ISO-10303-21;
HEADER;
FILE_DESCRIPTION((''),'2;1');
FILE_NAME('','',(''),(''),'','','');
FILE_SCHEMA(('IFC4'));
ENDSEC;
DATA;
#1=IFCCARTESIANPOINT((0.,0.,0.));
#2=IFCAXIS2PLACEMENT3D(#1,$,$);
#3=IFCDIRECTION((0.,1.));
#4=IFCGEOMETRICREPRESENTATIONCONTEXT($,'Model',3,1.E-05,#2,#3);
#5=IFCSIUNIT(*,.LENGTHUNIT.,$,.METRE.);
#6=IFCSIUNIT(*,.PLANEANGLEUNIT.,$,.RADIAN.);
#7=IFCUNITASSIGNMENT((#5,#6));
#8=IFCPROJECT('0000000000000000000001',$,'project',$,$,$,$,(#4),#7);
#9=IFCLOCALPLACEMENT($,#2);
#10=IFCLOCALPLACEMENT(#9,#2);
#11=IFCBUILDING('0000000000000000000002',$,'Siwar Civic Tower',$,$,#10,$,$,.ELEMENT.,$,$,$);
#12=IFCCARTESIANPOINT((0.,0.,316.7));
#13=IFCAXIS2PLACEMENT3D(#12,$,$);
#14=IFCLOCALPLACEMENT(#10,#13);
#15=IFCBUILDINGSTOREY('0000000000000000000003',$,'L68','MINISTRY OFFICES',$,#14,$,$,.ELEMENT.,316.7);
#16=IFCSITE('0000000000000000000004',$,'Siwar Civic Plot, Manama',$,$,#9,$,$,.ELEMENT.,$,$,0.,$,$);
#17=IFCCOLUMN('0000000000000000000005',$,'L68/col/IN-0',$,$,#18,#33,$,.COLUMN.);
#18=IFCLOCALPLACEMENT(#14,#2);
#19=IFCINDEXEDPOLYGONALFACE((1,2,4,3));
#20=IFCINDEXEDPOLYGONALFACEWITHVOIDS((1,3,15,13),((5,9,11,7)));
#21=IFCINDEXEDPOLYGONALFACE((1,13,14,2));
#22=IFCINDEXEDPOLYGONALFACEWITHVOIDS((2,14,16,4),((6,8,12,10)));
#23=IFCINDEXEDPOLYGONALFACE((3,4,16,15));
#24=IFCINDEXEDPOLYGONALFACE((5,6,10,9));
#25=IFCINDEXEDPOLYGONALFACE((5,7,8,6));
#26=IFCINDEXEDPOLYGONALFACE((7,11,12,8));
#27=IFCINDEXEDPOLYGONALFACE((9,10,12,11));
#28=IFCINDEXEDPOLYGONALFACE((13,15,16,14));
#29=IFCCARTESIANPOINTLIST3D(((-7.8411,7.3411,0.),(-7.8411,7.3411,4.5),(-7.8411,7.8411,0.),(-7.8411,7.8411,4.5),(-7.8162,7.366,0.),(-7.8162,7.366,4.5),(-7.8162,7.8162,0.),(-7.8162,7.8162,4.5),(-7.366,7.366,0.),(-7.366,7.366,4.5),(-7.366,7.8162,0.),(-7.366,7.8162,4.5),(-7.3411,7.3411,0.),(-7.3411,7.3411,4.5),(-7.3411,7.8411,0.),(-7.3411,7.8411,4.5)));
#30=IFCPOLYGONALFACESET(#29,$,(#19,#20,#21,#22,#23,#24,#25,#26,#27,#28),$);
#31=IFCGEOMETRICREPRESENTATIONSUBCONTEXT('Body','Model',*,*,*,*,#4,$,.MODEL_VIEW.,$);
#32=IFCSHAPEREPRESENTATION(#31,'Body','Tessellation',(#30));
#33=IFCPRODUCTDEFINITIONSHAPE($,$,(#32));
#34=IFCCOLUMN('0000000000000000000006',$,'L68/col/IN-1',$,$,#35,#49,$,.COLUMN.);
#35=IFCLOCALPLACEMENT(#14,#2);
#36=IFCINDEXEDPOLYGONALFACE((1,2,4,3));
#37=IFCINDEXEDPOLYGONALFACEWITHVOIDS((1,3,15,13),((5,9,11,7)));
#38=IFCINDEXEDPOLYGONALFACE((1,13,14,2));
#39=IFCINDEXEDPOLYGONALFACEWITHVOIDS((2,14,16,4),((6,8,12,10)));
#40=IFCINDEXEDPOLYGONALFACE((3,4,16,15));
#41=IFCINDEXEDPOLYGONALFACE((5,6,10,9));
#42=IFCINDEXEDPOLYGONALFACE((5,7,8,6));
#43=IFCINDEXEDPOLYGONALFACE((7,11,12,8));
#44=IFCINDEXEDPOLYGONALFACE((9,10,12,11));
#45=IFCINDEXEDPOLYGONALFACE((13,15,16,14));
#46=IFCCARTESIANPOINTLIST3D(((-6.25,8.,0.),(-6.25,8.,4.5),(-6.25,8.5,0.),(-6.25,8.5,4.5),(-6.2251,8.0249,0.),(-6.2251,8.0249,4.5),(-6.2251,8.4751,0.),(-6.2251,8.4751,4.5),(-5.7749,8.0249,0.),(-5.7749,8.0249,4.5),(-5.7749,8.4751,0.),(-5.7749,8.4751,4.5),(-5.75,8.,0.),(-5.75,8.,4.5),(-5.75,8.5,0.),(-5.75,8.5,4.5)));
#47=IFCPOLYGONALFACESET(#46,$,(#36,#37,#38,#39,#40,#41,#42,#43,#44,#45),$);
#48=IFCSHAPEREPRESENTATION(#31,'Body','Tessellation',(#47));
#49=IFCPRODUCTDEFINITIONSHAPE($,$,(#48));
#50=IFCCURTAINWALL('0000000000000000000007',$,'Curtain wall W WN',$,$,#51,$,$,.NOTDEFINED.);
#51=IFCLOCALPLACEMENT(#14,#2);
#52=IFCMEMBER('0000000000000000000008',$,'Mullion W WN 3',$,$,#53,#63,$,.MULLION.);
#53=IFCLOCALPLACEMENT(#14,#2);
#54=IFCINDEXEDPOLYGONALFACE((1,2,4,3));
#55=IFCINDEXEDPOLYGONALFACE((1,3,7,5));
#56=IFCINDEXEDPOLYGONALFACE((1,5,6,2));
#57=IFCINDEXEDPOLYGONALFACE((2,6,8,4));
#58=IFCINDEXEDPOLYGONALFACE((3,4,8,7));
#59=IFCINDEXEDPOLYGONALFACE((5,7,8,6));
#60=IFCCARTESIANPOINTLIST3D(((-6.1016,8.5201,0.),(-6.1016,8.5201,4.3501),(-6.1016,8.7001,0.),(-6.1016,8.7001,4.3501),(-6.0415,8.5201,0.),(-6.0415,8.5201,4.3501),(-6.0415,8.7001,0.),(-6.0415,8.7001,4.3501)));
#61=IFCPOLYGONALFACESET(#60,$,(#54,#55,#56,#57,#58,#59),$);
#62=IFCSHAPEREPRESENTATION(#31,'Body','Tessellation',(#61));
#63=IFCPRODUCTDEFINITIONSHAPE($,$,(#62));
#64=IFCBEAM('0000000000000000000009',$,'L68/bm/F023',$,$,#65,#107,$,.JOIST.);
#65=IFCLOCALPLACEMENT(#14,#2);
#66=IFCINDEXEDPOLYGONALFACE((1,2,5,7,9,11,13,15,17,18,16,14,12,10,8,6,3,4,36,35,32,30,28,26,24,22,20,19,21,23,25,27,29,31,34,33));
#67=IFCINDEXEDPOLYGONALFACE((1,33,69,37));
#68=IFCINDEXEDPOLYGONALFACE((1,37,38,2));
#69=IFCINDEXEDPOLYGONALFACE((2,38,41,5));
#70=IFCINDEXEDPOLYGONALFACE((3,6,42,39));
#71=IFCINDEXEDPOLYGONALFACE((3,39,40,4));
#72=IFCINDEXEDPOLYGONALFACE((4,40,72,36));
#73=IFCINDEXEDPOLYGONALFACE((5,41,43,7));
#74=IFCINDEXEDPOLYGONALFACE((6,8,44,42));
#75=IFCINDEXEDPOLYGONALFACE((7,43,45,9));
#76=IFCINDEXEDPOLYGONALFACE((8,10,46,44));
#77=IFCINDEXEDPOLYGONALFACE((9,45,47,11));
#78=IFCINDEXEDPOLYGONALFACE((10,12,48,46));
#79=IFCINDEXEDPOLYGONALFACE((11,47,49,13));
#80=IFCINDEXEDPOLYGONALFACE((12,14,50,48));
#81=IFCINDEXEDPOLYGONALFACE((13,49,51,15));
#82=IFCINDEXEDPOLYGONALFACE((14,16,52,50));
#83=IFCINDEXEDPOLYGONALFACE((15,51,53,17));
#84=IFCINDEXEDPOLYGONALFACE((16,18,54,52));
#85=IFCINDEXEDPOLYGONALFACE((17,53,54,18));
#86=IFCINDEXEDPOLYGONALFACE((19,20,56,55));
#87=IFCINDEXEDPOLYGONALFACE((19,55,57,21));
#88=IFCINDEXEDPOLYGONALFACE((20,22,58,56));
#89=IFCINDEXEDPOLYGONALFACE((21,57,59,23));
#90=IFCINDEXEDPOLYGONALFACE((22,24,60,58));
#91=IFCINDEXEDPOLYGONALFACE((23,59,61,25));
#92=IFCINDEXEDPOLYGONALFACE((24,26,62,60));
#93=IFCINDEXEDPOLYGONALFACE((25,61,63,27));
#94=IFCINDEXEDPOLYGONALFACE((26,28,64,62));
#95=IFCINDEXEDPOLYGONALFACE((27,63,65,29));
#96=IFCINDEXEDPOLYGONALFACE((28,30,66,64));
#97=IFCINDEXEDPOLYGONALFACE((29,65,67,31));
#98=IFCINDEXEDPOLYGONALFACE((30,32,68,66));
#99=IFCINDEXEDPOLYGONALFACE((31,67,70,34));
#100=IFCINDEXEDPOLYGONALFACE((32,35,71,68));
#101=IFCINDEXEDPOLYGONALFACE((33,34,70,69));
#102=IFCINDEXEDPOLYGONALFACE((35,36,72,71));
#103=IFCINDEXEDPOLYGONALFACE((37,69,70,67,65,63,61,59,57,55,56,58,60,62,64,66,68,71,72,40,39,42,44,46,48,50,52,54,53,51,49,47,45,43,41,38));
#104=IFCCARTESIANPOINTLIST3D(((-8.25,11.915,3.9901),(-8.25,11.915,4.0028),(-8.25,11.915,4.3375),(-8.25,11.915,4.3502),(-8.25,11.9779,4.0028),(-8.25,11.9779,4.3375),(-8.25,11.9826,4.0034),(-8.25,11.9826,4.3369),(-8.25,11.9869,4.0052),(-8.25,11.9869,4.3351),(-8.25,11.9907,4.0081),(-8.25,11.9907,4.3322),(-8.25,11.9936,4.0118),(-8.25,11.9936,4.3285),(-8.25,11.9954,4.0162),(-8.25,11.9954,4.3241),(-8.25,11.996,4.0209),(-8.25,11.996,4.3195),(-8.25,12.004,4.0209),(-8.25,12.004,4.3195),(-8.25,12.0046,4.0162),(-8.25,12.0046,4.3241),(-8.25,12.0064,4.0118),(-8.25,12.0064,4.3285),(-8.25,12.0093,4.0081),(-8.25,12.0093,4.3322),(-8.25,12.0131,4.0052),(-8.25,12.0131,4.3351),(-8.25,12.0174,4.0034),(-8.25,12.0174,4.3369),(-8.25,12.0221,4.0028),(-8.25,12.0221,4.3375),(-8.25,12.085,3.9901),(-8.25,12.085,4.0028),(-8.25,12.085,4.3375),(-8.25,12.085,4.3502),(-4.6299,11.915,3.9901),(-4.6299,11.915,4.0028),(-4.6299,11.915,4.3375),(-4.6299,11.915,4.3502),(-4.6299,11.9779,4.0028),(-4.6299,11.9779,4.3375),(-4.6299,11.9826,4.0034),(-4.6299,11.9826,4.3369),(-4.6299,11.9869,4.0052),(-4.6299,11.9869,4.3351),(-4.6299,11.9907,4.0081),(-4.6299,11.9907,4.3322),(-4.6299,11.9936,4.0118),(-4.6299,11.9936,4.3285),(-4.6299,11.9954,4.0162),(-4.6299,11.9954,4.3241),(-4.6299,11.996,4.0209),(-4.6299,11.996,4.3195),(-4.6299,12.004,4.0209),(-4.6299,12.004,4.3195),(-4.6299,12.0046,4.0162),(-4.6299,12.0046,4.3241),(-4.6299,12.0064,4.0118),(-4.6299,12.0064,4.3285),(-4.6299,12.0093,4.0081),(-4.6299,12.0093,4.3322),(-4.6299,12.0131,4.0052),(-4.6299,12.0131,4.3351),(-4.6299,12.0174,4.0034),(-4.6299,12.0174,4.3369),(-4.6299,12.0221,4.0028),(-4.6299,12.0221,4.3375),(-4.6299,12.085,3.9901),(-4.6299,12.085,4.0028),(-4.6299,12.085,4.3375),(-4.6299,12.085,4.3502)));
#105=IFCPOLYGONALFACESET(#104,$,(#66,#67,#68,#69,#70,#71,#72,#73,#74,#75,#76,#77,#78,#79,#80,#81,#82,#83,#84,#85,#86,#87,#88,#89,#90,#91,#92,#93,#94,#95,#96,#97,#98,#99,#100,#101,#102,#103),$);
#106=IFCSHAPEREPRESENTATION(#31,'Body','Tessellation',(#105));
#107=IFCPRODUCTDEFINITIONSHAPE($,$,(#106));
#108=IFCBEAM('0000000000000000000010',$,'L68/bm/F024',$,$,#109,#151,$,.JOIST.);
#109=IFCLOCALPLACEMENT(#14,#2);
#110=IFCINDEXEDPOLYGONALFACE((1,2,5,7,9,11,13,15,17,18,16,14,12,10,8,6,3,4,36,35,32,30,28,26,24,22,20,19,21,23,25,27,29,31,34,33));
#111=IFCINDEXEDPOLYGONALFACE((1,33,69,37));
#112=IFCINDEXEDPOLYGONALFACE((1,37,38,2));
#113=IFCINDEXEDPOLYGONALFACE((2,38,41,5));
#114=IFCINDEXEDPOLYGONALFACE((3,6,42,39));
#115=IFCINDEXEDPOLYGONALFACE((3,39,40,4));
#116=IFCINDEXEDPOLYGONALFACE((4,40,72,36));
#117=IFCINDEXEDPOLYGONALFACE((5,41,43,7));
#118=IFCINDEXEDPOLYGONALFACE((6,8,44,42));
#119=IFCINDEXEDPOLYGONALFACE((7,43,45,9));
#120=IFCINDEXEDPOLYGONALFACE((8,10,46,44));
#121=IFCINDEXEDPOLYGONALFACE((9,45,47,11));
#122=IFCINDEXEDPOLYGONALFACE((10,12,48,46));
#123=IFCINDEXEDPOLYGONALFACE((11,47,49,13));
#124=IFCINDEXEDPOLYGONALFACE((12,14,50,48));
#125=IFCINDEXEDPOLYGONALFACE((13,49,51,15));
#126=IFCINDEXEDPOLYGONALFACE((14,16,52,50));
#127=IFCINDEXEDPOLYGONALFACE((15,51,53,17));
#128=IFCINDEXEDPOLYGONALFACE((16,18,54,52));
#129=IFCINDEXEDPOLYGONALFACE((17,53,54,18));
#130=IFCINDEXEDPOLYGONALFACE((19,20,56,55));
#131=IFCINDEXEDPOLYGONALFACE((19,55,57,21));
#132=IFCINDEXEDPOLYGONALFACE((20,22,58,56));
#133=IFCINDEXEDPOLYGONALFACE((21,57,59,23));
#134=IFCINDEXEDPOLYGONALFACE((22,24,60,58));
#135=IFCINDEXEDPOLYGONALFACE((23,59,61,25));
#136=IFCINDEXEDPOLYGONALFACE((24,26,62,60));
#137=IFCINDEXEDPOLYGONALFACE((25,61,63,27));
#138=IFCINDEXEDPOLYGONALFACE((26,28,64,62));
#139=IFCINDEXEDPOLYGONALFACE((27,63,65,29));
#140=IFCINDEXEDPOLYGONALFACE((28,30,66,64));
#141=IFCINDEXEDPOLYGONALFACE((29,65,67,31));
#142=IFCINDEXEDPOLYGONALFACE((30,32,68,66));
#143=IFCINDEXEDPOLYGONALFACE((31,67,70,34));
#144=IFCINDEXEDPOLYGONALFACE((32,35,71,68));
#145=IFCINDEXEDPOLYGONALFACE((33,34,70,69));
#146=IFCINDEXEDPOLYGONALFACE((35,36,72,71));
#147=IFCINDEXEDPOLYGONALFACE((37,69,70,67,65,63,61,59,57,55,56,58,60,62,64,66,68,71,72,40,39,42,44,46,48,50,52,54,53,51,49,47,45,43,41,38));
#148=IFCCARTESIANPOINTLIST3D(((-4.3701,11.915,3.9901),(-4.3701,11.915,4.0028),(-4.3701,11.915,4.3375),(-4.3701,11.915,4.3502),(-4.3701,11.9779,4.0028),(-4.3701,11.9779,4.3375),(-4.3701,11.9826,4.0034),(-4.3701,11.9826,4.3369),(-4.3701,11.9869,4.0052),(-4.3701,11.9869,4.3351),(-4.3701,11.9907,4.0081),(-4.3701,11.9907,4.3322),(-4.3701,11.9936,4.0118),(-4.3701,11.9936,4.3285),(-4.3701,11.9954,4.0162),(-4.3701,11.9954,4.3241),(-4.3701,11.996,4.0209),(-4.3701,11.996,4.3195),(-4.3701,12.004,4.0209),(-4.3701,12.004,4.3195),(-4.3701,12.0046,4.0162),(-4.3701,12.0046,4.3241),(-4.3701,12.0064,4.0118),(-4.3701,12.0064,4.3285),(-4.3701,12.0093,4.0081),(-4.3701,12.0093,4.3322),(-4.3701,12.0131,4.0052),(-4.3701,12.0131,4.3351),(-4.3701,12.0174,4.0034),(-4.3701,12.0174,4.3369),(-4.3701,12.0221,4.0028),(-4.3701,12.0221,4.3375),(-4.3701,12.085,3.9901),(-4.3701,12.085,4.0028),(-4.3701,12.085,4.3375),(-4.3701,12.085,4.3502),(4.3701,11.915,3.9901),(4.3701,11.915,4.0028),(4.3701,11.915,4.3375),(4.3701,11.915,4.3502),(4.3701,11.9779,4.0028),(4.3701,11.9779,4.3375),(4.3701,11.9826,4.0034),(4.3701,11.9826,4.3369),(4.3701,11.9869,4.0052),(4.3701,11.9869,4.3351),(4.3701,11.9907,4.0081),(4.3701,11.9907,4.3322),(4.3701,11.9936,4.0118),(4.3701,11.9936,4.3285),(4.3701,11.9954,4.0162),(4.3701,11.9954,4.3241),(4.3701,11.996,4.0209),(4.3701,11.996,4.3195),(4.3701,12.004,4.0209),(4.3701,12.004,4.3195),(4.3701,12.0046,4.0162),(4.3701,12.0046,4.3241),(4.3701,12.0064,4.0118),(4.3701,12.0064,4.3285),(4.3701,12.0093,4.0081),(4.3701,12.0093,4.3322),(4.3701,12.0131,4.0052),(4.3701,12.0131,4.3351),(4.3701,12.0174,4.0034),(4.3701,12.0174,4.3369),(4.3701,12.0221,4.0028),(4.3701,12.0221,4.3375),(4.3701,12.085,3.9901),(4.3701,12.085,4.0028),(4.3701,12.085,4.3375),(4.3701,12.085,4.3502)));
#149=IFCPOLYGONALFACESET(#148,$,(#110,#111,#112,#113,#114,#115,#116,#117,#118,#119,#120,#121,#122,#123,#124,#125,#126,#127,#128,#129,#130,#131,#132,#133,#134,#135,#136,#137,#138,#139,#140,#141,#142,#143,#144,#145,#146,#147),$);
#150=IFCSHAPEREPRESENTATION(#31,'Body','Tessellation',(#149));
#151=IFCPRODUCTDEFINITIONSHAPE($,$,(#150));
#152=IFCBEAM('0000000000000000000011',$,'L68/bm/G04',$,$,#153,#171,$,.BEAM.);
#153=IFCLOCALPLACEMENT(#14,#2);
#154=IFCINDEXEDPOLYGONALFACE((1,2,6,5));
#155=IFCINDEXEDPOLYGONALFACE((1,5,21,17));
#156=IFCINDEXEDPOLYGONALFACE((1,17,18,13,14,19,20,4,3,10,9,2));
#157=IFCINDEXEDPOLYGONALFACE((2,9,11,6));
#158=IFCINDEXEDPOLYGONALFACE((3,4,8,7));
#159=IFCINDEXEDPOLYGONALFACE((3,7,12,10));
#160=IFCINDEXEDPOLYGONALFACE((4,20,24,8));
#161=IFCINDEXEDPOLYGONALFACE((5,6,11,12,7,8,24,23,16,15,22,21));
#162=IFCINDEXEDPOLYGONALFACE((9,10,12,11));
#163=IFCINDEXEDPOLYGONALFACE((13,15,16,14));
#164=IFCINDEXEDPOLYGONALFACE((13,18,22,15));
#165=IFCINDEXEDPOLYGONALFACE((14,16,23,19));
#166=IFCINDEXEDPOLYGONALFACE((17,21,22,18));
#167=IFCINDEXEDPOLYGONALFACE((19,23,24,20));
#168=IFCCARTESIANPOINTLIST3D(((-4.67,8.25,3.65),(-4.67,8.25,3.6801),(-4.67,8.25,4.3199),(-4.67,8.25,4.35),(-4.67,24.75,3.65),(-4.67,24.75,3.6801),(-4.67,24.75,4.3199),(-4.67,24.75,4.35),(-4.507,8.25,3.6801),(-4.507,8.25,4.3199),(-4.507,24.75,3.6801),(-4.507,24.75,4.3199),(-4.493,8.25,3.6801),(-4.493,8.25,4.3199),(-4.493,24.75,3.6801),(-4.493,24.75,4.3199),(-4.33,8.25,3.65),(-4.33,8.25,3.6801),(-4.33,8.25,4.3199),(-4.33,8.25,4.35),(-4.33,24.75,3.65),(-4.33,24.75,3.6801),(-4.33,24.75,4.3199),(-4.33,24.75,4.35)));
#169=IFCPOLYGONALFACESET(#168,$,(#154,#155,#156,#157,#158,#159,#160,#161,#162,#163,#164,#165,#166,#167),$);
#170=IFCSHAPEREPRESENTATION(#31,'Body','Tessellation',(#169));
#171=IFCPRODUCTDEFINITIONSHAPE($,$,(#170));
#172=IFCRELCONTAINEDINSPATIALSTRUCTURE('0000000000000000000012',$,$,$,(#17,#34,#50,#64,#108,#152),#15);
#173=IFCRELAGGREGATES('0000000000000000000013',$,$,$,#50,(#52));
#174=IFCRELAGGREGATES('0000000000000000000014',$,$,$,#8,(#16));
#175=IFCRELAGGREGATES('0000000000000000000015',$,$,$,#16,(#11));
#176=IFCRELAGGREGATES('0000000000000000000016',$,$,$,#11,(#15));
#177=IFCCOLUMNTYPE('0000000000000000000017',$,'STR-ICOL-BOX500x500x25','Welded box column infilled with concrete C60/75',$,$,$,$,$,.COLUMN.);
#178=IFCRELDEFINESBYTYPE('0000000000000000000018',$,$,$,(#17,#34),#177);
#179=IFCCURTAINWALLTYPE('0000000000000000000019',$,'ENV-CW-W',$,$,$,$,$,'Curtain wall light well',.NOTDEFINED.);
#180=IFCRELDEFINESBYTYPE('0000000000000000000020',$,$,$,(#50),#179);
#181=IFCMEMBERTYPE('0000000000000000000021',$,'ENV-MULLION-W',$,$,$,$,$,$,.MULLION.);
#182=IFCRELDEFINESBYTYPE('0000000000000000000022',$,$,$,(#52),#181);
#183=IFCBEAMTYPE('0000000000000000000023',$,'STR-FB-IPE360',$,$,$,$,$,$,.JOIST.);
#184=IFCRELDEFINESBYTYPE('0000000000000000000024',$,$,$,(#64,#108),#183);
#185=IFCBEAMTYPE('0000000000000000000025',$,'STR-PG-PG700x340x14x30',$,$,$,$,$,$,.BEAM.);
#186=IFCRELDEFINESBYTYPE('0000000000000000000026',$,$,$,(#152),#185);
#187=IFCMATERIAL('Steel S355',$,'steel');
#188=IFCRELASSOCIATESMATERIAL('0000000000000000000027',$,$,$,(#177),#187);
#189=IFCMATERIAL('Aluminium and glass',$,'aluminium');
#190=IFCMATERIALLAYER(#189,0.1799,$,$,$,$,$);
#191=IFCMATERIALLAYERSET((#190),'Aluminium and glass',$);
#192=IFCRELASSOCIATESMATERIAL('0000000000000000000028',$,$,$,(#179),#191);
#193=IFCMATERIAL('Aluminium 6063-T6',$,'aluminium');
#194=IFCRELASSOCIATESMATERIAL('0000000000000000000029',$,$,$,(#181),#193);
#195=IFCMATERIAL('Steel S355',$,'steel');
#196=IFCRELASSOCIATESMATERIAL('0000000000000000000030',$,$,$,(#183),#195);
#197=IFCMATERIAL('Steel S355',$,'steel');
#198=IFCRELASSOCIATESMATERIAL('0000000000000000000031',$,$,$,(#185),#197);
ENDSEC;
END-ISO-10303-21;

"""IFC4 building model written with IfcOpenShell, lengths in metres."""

from ifc_helpers import new_model, si_unit, direction, frame, origin, origin_2d, place, context, subcontext, project, spatial, rectangle, hollow_rectangle, i_section, extrude, material, layer, layer_set, material_profile, profile_set, type_object, element, aggregate, save


model = new_model("IFC4")

# Units and contexts
model_context = context("Model", 3, precision=1e-05, world=origin(), true_north=direction((0.0, 1.0)))
body_context = subcontext(model_context, "Body", "Model", "MODEL_VIEW")
ifc_project = project(units=[si_unit("LENGTHUNIT", "METRE"), si_unit("PLANEANGLEUNIT", "RADIAN")], contexts=[model_context])

# Site, building, storey
site_placement = place(None, origin())
site = spatial("IfcSite", under=ifc_project, at=site_placement, Name="Siwar Civic Plot, Manama", CompositionType="ELEMENT", RefElevation=0.0)
building_placement = place(site_placement, origin())
building = spatial("IfcBuilding", under=site, at=building_placement, Name="Siwar Civic Tower", CompositionType="ELEMENT")
storey_placement = place(building_placement, frame((0.0, 0.0, 316.7)))
storey = spatial("IfcBuildingStorey", under=building, at=storey_placement, Name="L68", Description="MINISTRY OFFICES", CompositionType="ELEMENT", Elevation=316.7)

# Columns
ifc_material_1 = material(Name="Steel S355", Category="steel")
ifc_material_profile_1 = material_profile(ifc_material_1, hollow_rectangle(XDim=0.5, YDim=0.5, WallThickness=0.0249, at=origin_2d()), Name="BOX500x500x25")
ifc_profile_set_1 = profile_set([ifc_material_profile_1], Name="Steel S355")
column_type = type_object("IfcColumnType", Name="STR-ICOL-BOX500x500x25", Description="Welded box column infilled with concrete C60/75", PredefinedType="COLUMN", material=ifc_profile_set_1)
for number, where, z_axis, x_axis, name in (
    (1, (-7.5911, 7.5911, 0.0), (0.0, 0.0, 1.0), (1.0, 0.0, 0.0), "L68/col/IN-0"),
    (2, (-6.0, 8.25, 0.0), (0.0, 0.0, 1.0), (1.0, 0.0, 0.0), "L68/col/IN-1"),
):
    element("IfcColumn", number, at=place(storey_placement, frame(where, z_axis=z_axis, x_axis=x_axis)), inside=storey, type_object=column_type, Name=name, PredefinedType="COLUMN", context=body_context, shape_type="SweptSolid", body=[
        extrude(hollow_rectangle(XDim=0.5, YDim=0.5, WallThickness=0.0249, at=origin_2d()), origin(), (0.0, 0.0, 1.0), 4.5),
    ])

# Curtain wall, member
ifc_material_2 = material(Name="Aluminium and glass", Category="aluminium")
ifc_layer_1 = layer(ifc_material_2, 0.1799)
ifc_layer_set_1 = layer_set([ifc_layer_1], Name="Aluminium and glass")
curtain_wall_type = type_object("IfcCurtainWallType", Name="ENV-CW-W", ElementType="Curtain wall light well", PredefinedType="NOTDEFINED", material=ifc_layer_set_1)
curtain_wall_placement = place(storey_placement, origin())
curtain_wall = element("IfcCurtainWall", 3, at=curtain_wall_placement, inside=storey, type_object=curtain_wall_type, Name="Curtain wall W WN", PredefinedType="NOTDEFINED")
ifc_material_3 = material(Name="Aluminium 6063-T6", Category="aluminium")
ifc_material_profile_2 = material_profile(ifc_material_3, rectangle(XDim=0.1799, YDim=0.0601, at=origin_2d()), Name="AL 180x60")
ifc_profile_set_2 = profile_set([ifc_material_profile_2], Name="Aluminium 6063-T6")
member_type = type_object("IfcMemberType", Name="ENV-MULLION-W", PredefinedType="MULLION", material=ifc_profile_set_2)
member_placement = place(storey_placement, frame((-6.0715, 8.6101, 0.0), z_axis=(0.0, 0.0, 1.0), x_axis=(0.0, -1.0, 0.0)))
member = element("IfcMember", 4, at=member_placement, type_object=member_type, Name="Mullion W WN 3", PredefinedType="MULLION", context=body_context, shape_type="SweptSolid", body=[
    extrude(rectangle(XDim=0.1799, YDim=0.0601, at=origin_2d()), origin(), (0.0, 0.0, 1.0), 4.3501),
])

# Beams
ifc_material_4 = material(Name="Steel S355", Category="steel")
ifc_material_profile_3 = material_profile(ifc_material_4, i_section(OverallWidth=0.1699, OverallDepth=0.3601, WebThickness=0.0081, FlangeThickness=0.0127, FilletRadius=0.0181, at=origin_2d()), Name="IPE360")
ifc_profile_set_3 = profile_set([ifc_material_profile_3], Name="Steel S355")
beam_type_1 = type_object("IfcBeamType", Name="STR-FB-IPE360", PredefinedType="JOIST", material=ifc_profile_set_3)
beam_1_placement = place(storey_placement, frame((-8.25, 12.0, 4.1702), z_axis=(1.0, 0.0, 0.0), x_axis=(0.0, 1.0, 0.0)))
element("IfcBeam", 5, at=beam_1_placement, inside=storey, type_object=beam_type_1, Name="L68/bm/F023", PredefinedType="JOIST", context=body_context, shape_type="SweptSolid", body=[
    extrude(i_section(OverallWidth=0.1699, OverallDepth=0.3601, WebThickness=0.0081, FlangeThickness=0.0127, FilletRadius=0.0181, at=origin_2d()), origin(), (0.0, 0.0, 1.0), 3.6201),
])
beam_2_placement = place(storey_placement, frame((-4.3701, 12.0, 4.1702), z_axis=(1.0, 0.0, 0.0), x_axis=(0.0, 1.0, 0.0)))
element("IfcBeam", 6, at=beam_2_placement, inside=storey, type_object=beam_type_1, Name="L68/bm/F024", PredefinedType="JOIST", context=body_context, shape_type="SweptSolid", body=[
    extrude(i_section(OverallWidth=0.1699, OverallDepth=0.3601, WebThickness=0.0081, FlangeThickness=0.0127, FilletRadius=0.0181, at=origin_2d()), origin(), (0.0, 0.0, 1.0), 8.7402),
])
ifc_material_5 = material(Name="Steel S355", Category="steel")
ifc_material_profile_4 = material_profile(ifc_material_5, i_section(OverallWidth=0.3401, OverallDepth=0.7, WebThickness=0.0139, FlangeThickness=0.03, at=origin_2d()), Name="PG700x340x14x30")
ifc_profile_set_4 = profile_set([ifc_material_profile_4], Name="Steel S355")
beam_type_2 = type_object("IfcBeamType", Name="STR-PG-PG700x340x14x30", PredefinedType="BEAM", material=ifc_profile_set_4)
beam_3_placement = place(storey_placement, frame((-4.5, 8.25, 4.0), z_axis=(0.0, 1.0, 0.0), x_axis=(-1.0, 0.0, 0.0)))
element("IfcBeam", 7, at=beam_3_placement, inside=storey, type_object=beam_type_2, Name="L68/bm/G04", PredefinedType="BEAM", context=body_context, shape_type="SweptSolid", body=[
    extrude(i_section(OverallWidth=0.3401, OverallDepth=0.7, WebThickness=0.0139, FlangeThickness=0.03, at=origin_2d()), origin(), (0.0, 0.0, 1.0), 16.5),
])

aggregate(curtain_wall, [member])

save(model, "model.ifc")
